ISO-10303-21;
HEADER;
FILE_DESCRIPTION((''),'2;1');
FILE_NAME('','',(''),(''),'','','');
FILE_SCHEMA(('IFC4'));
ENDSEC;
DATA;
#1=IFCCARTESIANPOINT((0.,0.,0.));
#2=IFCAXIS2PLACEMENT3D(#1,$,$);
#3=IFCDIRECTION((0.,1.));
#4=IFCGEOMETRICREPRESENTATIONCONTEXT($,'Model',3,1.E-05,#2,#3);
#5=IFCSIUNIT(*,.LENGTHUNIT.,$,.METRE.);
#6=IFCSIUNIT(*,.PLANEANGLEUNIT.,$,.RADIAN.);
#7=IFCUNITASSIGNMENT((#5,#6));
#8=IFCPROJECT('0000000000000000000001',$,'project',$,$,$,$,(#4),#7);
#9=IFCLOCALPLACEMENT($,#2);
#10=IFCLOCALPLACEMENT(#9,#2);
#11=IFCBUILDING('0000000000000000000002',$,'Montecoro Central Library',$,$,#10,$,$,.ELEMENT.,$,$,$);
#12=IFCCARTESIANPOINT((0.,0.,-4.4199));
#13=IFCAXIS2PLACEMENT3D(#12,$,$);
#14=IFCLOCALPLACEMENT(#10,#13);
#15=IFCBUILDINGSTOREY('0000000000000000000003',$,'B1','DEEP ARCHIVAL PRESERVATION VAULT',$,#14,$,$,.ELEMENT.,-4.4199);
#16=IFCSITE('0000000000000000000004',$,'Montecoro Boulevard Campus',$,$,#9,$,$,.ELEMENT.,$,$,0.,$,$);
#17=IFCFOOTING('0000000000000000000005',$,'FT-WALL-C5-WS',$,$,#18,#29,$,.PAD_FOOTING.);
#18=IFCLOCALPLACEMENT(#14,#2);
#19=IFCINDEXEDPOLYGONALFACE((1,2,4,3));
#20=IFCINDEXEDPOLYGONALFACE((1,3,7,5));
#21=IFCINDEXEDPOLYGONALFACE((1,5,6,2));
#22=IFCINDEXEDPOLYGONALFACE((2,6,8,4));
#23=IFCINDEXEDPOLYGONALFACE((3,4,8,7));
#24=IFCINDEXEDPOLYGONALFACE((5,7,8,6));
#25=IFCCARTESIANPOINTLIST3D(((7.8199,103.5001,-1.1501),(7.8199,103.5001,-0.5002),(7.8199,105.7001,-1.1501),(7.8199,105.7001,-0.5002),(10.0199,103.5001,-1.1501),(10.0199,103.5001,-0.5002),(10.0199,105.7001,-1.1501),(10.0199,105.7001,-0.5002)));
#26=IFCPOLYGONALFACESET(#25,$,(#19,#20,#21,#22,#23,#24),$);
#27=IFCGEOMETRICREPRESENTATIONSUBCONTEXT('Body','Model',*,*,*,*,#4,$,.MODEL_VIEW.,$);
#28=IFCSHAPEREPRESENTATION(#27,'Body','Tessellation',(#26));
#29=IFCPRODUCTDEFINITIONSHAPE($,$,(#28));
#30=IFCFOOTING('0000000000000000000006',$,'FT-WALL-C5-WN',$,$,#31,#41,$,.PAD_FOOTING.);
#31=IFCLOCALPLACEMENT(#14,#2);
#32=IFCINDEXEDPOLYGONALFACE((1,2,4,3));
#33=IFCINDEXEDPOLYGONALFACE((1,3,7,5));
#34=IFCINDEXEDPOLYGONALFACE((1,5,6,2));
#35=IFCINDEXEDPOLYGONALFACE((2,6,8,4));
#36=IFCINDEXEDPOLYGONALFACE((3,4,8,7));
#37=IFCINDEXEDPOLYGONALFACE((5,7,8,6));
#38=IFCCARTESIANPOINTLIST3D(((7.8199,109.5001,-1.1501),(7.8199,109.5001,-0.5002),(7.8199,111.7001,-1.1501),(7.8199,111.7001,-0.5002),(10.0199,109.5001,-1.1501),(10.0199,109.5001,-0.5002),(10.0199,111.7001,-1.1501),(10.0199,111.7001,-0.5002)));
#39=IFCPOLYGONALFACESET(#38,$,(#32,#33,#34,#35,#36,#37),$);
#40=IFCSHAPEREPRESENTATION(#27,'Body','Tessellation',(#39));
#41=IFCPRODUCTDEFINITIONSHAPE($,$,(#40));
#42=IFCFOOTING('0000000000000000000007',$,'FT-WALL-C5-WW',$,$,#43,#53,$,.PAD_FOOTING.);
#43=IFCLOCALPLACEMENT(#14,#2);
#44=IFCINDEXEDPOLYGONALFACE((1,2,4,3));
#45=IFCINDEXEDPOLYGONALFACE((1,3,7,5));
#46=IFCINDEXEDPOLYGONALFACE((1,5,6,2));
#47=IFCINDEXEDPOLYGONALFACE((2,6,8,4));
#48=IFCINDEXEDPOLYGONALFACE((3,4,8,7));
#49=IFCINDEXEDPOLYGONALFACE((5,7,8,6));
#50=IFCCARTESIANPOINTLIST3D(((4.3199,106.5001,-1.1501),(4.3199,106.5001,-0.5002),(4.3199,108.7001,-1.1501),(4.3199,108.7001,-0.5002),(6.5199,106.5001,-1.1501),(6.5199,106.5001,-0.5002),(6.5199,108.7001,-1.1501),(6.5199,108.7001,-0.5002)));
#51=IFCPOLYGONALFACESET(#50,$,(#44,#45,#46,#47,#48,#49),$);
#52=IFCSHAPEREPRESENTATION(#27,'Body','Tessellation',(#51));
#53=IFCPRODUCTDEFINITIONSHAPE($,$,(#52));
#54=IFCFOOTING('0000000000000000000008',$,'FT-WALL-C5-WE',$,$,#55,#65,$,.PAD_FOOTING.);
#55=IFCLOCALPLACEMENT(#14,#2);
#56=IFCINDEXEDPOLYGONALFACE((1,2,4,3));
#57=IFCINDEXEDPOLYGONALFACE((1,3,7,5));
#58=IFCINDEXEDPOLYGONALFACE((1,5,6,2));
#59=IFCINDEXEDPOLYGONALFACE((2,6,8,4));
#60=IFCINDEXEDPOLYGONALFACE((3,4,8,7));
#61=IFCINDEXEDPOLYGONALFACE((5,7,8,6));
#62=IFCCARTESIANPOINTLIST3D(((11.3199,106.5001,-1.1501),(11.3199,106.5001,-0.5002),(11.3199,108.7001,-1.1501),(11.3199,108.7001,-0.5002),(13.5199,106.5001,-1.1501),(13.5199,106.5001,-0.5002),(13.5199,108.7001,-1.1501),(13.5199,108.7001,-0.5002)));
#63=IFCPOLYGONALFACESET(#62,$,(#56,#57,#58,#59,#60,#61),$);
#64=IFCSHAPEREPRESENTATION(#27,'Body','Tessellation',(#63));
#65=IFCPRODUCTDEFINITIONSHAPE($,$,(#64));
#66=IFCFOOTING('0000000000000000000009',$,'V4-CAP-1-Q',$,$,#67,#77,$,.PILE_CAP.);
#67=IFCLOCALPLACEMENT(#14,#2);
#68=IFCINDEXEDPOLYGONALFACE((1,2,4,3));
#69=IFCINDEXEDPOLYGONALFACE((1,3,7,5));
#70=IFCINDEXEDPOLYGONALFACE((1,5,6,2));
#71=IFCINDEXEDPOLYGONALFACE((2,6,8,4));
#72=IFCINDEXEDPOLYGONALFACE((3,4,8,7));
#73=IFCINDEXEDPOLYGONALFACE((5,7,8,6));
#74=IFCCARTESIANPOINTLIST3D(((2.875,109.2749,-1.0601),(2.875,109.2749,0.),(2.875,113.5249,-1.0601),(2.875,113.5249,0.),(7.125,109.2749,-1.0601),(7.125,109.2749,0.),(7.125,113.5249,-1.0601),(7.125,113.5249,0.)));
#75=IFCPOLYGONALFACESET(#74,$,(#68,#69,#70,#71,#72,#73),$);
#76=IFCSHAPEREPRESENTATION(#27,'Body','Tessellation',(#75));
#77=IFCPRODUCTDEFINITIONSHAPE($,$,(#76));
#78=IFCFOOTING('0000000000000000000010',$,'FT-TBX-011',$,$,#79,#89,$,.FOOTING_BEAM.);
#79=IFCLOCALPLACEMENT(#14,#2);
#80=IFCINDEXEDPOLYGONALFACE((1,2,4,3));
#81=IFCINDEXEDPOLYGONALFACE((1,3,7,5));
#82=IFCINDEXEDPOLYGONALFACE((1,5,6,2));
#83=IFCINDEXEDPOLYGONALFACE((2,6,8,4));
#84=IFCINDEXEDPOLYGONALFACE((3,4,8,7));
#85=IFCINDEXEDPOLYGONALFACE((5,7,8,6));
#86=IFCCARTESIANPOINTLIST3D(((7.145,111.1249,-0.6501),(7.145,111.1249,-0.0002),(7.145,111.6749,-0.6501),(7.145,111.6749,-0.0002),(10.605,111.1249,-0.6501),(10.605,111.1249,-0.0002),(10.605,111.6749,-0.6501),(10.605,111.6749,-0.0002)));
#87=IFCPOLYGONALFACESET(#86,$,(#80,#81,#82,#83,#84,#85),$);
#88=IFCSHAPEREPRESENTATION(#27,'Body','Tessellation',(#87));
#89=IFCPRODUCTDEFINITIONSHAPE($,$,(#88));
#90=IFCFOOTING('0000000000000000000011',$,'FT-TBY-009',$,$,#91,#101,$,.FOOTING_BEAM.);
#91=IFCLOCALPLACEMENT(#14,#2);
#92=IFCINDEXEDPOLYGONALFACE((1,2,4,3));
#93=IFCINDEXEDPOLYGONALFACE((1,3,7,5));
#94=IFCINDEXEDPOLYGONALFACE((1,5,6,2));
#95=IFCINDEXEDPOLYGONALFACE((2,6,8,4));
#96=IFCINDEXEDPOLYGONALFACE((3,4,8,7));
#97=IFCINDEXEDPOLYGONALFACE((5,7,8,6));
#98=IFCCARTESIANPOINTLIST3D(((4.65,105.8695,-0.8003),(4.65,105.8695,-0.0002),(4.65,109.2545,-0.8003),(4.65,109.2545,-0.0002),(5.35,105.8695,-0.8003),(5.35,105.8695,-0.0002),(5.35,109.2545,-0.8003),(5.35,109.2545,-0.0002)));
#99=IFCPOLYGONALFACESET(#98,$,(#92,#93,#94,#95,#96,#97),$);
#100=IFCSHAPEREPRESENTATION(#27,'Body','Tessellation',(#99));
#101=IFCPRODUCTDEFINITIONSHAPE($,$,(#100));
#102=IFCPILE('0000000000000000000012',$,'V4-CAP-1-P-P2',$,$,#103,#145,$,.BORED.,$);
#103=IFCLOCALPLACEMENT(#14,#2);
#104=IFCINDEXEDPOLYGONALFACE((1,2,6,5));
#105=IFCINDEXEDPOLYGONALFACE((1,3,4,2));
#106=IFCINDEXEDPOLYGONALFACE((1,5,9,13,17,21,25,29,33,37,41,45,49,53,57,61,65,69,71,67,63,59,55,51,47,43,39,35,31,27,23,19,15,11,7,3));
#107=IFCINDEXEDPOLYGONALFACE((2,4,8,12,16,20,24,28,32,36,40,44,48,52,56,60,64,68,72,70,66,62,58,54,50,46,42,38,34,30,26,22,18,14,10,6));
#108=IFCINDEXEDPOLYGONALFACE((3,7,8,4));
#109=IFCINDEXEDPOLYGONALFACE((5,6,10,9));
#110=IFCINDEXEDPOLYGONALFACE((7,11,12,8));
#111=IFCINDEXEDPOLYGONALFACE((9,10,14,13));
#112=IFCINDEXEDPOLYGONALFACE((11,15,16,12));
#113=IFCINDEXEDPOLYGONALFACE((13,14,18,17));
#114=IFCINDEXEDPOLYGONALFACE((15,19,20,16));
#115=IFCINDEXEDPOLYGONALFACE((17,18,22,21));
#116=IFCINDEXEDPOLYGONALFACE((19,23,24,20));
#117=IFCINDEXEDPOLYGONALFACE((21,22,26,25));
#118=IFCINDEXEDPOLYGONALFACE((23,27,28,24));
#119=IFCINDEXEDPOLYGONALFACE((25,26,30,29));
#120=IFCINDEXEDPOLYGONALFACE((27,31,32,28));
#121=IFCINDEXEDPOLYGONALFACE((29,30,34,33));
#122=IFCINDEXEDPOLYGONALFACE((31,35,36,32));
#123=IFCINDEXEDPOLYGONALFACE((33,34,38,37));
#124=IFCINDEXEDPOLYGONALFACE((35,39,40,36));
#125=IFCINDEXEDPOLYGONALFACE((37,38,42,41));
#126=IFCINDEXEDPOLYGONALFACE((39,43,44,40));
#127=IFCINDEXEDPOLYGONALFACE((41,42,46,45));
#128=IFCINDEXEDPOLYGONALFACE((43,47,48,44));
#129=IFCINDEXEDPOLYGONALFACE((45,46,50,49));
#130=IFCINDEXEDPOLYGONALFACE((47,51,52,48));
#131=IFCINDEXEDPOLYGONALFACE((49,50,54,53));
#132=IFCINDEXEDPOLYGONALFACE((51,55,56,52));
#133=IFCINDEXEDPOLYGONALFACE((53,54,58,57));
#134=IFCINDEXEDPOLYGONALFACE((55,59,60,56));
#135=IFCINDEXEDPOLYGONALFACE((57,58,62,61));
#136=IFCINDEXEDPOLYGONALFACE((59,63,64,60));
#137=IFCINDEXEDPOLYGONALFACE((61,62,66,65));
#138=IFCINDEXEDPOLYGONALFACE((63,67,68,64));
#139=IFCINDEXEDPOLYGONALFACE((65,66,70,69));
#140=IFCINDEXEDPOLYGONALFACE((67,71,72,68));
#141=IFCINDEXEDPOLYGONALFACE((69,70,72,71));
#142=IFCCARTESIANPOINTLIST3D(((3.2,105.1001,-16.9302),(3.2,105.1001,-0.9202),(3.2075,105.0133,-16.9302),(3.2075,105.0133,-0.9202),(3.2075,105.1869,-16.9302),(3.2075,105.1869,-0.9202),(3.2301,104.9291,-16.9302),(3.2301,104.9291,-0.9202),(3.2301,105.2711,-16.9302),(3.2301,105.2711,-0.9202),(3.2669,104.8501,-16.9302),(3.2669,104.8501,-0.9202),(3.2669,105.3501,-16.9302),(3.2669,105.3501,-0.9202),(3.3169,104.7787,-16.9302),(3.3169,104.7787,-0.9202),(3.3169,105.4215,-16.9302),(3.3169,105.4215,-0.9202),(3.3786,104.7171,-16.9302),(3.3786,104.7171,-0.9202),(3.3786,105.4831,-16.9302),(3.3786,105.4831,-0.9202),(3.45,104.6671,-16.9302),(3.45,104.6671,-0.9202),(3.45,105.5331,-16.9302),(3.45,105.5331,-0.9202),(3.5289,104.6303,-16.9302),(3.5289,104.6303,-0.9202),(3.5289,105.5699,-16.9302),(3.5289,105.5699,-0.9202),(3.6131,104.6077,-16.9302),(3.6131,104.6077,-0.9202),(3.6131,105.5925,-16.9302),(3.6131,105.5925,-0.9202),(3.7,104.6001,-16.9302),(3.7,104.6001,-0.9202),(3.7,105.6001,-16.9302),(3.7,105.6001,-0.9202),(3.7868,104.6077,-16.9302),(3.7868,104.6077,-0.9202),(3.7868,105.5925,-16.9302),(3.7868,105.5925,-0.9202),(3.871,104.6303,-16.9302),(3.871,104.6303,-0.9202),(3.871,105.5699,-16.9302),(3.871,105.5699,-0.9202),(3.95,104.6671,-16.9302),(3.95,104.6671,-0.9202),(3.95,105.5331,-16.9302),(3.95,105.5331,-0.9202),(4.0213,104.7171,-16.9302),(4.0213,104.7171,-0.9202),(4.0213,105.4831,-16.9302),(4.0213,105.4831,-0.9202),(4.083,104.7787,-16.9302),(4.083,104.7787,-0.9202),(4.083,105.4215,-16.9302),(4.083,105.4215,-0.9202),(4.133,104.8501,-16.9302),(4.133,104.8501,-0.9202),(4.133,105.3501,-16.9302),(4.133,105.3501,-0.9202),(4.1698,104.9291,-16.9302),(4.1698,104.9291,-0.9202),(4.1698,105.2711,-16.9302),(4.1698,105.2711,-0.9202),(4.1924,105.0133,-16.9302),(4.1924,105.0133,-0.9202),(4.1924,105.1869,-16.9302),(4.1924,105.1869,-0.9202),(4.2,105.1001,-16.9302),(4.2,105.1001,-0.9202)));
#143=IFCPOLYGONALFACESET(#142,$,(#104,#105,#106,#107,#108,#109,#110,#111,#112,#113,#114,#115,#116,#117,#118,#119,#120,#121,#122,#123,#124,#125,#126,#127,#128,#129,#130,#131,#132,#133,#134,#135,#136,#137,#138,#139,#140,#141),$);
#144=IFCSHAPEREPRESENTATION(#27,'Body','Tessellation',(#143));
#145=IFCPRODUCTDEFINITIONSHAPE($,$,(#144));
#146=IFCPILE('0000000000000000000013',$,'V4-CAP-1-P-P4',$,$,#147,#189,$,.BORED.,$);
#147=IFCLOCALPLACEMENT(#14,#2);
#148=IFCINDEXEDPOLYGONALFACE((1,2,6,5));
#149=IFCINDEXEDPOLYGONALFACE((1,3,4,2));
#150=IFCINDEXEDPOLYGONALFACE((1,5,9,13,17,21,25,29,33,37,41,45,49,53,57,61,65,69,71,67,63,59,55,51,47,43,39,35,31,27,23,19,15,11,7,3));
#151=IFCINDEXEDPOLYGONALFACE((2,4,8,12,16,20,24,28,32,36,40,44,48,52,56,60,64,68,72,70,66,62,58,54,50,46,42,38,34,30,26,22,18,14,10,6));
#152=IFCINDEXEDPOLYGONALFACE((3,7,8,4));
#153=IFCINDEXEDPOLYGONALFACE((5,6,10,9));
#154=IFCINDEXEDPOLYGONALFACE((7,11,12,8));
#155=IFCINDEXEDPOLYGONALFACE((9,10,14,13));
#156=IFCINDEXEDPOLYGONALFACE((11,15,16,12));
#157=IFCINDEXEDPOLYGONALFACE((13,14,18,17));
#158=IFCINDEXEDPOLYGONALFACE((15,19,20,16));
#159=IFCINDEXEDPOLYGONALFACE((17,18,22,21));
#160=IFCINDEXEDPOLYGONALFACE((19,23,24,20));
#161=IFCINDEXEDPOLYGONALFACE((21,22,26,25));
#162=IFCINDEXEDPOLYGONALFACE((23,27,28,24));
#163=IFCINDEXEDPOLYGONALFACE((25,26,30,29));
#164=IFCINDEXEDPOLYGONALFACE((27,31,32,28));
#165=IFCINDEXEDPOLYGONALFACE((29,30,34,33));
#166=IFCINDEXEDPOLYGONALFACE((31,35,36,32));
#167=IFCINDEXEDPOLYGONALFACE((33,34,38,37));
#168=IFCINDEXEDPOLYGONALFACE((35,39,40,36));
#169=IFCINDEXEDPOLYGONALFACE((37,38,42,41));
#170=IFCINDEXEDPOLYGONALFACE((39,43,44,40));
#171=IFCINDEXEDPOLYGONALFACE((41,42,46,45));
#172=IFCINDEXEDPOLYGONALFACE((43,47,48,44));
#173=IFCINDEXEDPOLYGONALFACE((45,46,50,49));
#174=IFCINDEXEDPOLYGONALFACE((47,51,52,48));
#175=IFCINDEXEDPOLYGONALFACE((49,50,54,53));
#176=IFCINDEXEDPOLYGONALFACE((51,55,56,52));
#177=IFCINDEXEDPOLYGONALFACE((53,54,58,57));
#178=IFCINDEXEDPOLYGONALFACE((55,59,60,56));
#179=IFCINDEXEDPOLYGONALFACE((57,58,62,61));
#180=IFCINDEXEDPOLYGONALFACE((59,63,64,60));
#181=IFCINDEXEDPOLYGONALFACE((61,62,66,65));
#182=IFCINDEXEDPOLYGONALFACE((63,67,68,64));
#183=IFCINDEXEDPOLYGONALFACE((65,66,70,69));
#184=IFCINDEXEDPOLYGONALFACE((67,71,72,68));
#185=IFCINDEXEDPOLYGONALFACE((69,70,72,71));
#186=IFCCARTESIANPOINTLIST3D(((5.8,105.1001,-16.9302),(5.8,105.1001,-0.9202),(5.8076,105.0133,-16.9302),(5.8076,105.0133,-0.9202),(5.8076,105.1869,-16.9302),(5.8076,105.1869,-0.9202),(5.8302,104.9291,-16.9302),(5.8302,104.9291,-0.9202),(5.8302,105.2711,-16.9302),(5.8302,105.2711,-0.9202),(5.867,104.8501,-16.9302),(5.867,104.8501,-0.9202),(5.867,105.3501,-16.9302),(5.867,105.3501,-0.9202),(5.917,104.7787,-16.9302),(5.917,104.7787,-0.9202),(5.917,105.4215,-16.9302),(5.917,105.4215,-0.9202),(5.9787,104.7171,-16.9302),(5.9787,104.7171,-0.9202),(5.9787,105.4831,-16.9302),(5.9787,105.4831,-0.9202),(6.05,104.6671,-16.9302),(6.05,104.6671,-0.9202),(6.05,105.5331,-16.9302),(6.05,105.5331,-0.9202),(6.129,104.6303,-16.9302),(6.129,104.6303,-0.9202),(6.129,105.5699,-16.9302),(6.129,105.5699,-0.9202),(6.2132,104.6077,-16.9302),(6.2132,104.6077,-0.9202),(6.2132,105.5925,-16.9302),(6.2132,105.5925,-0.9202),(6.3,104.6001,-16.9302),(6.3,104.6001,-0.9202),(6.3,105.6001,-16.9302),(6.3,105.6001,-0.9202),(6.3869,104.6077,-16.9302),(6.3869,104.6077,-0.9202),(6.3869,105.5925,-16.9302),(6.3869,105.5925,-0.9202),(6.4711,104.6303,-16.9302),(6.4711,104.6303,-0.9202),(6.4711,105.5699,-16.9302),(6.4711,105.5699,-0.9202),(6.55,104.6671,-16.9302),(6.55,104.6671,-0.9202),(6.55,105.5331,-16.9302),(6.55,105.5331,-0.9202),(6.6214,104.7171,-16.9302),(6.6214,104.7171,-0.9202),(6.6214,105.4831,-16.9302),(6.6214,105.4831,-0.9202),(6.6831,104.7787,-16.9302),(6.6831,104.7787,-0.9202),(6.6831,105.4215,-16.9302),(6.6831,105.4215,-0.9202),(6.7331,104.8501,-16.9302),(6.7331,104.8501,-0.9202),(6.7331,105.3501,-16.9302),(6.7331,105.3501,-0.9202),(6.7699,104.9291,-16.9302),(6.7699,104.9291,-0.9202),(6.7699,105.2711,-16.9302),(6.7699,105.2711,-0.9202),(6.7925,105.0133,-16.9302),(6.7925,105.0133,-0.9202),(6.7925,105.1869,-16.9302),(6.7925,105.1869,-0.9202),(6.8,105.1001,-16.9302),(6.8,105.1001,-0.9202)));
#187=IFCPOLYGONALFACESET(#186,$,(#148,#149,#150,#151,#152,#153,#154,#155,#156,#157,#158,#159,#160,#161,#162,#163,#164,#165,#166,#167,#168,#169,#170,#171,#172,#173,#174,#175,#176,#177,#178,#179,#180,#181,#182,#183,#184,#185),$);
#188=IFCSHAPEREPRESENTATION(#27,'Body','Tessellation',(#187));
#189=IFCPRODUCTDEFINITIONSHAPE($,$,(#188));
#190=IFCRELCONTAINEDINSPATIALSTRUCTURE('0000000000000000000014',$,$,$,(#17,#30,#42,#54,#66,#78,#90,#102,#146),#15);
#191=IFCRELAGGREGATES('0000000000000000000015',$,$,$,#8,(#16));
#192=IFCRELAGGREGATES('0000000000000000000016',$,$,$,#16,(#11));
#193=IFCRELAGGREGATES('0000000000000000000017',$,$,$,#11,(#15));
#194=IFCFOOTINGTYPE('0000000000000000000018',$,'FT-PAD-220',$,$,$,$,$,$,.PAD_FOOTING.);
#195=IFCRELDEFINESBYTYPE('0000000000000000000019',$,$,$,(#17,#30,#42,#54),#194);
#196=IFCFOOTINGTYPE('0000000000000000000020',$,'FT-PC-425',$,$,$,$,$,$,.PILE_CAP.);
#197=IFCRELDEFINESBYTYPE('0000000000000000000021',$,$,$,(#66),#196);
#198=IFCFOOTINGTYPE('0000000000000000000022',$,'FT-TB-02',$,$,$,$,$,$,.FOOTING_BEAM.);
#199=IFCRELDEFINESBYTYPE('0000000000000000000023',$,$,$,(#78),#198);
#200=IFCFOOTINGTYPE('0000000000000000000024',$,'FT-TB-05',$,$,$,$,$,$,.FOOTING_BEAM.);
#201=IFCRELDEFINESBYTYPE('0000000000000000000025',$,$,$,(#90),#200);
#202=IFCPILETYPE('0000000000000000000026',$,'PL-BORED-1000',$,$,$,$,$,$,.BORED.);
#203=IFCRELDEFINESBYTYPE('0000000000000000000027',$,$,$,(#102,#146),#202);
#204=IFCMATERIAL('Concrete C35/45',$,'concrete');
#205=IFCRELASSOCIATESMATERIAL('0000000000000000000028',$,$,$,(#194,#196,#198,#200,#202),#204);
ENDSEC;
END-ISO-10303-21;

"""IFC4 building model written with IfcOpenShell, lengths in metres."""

from ifc_helpers import new_model, si_unit, direction, frame, origin, origin_2d, place, context, subcontext, project, spatial, rectangle, circle, extrude, material, material_profile, profile_set, type_object, element, save


model = new_model("IFC4")

# Units and contexts
model_context = context("Model", 3, precision=1e-05, world=origin(), true_north=direction((0.0, 1.0)))
body_context = subcontext(model_context, "Body", "Model", "MODEL_VIEW")
ifc_project = project(units=[si_unit("LENGTHUNIT", "METRE"), si_unit("PLANEANGLEUNIT", "RADIAN")], contexts=[model_context])

# Site, building, storey
site_placement = place(None, origin())
site = spatial("IfcSite", under=ifc_project, at=site_placement, Name="Montecoro Boulevard Campus", CompositionType="ELEMENT", RefElevation=0.0)
building_placement = place(site_placement, origin())
building = spatial("IfcBuilding", under=site, at=building_placement, Name="Montecoro Central Library", CompositionType="ELEMENT")
storey_placement = place(building_placement, frame((0.0, 0.0, -4.4199)))
storey = spatial("IfcBuildingStorey", under=building, at=storey_placement, Name="B1", Description="DEEP ARCHIVAL PRESERVATION VAULT", CompositionType="ELEMENT", Elevation=-4.4199)

# Footings
ifc_material_1 = material(Name="Concrete C35/45", Category="concrete")
footing_type_1 = type_object("IfcFootingType", Name="FT-PAD-220", PredefinedType="PAD_FOOTING", material=ifc_material_1)
for number, where, z_axis, x_axis, name in (
    (1, (8.9199, 104.6001, -1.1501), (0.0, 0.0, 1.0), (1.0, 0.0, 0.0), "FT-WALL-C5-WS"),
    (2, (8.9199, 110.6001, -1.1501), (0.0, 0.0, 1.0), (1.0, 0.0, 0.0), "FT-WALL-C5-WN"),
    (3, (5.4199, 107.6001, -1.1501), (0.0, 0.0, 1.0), (1.0, 0.0, 0.0), "FT-WALL-C5-WW"),
    (4, (12.4199, 107.6001, -1.1501), (0.0, 0.0, 1.0), (1.0, 0.0, 0.0), "FT-WALL-C5-WE"),
):
    element("IfcFooting", number, at=place(storey_placement, frame(where, z_axis=z_axis, x_axis=x_axis)), inside=storey, type_object=footing_type_1, Name=name, PredefinedType="PAD_FOOTING", context=body_context, shape_type="SweptSolid", body=[
        extrude(rectangle(XDim=2.2, YDim=2.2, at=origin_2d()), origin(), (0.0, 0.0, 1.0), 0.6499),
    ])
footing_type_2 = type_object("IfcFootingType", Name="FT-PC-425", PredefinedType="PILE_CAP", material=ifc_material_1)
footing_1_placement = place(storey_placement, frame((5.0, 111.3999, -1.0601), z_axis=(0.0, 0.0, 1.0), x_axis=(1.0, 0.0, 0.0)))
element("IfcFooting", 5, at=footing_1_placement, inside=storey, type_object=footing_type_2, Name="V4-CAP-1-Q", PredefinedType="PILE_CAP", context=body_context, shape_type="SweptSolid", body=[
    extrude(rectangle(XDim=4.25, YDim=4.25, at=origin_2d()), origin(), (0.0, 0.0, 1.0), 1.0601),
])
footing_type_3 = type_object("IfcFootingType", Name="FT-TB-02", PredefinedType="FOOTING_BEAM", material=ifc_material_1)
footing_2_placement = place(storey_placement, frame((8.875, 111.3999, -0.6501), z_axis=(0.0, 0.0, 1.0), x_axis=(1.0, 0.0, 0.0)))
element("IfcFooting", 6, at=footing_2_placement, inside=storey, type_object=footing_type_3, Name="FT-TBX-011", PredefinedType="FOOTING_BEAM", context=body_context, shape_type="SweptSolid", body=[
    extrude(rectangle(XDim=3.46, YDim=0.55, at=origin_2d()), origin(), (0.0, 0.0, 1.0), 0.6499),
])
footing_type_4 = type_object("IfcFootingType", Name="FT-TB-05", PredefinedType="FOOTING_BEAM", material=ifc_material_1)
footing_3_placement = place(storey_placement, frame((5.0, 107.562, -0.8003), z_axis=(0.0, 0.0, 1.0), x_axis=(1.0, 0.0, 0.0)))
element("IfcFooting", 7, at=footing_3_placement, inside=storey, type_object=footing_type_4, Name="FT-TBY-009", PredefinedType="FOOTING_BEAM", context=body_context, shape_type="SweptSolid", body=[
    extrude(rectangle(XDim=0.7, YDim=3.385, at=origin_2d()), origin(), (0.0, 0.0, 1.0), 0.8),
])

# Piles
ifc_material_profile_1 = material_profile(ifc_material_1, circle(Radius=0.5, at=origin_2d()), Name="PILE D1000")
ifc_profile_set_1 = profile_set([ifc_material_profile_1], Name="Concrete C35/45")
pile_type_1 = type_object("IfcPileType", Name="PL-BORED-1000", PredefinedType="BORED", material=ifc_profile_set_1)
for number, where, z_axis, x_axis, name in (
    (8, (3.7, 105.1001, -0.9202), (0.0, 0.0, -1.0), (1.0, 0.0, 0.0), "V4-CAP-1-P-P2"),
    (9, (6.3, 105.1001, -0.9202), (0.0, 0.0, -1.0), (1.0, 0.0, 0.0), "V4-CAP-1-P-P4"),
):
    element("IfcPile", number, at=place(storey_placement, frame(where, z_axis=z_axis, x_axis=x_axis)), inside=storey, type_object=pile_type_1, Name=name, PredefinedType="BORED", context=body_context, shape_type="SweptSolid", body=[
        extrude(circle(Radius=0.5, at=origin_2d()), origin(), (0.0, 0.0, 1.0), 16.01),
    ])

save(model, "model.ifc")
